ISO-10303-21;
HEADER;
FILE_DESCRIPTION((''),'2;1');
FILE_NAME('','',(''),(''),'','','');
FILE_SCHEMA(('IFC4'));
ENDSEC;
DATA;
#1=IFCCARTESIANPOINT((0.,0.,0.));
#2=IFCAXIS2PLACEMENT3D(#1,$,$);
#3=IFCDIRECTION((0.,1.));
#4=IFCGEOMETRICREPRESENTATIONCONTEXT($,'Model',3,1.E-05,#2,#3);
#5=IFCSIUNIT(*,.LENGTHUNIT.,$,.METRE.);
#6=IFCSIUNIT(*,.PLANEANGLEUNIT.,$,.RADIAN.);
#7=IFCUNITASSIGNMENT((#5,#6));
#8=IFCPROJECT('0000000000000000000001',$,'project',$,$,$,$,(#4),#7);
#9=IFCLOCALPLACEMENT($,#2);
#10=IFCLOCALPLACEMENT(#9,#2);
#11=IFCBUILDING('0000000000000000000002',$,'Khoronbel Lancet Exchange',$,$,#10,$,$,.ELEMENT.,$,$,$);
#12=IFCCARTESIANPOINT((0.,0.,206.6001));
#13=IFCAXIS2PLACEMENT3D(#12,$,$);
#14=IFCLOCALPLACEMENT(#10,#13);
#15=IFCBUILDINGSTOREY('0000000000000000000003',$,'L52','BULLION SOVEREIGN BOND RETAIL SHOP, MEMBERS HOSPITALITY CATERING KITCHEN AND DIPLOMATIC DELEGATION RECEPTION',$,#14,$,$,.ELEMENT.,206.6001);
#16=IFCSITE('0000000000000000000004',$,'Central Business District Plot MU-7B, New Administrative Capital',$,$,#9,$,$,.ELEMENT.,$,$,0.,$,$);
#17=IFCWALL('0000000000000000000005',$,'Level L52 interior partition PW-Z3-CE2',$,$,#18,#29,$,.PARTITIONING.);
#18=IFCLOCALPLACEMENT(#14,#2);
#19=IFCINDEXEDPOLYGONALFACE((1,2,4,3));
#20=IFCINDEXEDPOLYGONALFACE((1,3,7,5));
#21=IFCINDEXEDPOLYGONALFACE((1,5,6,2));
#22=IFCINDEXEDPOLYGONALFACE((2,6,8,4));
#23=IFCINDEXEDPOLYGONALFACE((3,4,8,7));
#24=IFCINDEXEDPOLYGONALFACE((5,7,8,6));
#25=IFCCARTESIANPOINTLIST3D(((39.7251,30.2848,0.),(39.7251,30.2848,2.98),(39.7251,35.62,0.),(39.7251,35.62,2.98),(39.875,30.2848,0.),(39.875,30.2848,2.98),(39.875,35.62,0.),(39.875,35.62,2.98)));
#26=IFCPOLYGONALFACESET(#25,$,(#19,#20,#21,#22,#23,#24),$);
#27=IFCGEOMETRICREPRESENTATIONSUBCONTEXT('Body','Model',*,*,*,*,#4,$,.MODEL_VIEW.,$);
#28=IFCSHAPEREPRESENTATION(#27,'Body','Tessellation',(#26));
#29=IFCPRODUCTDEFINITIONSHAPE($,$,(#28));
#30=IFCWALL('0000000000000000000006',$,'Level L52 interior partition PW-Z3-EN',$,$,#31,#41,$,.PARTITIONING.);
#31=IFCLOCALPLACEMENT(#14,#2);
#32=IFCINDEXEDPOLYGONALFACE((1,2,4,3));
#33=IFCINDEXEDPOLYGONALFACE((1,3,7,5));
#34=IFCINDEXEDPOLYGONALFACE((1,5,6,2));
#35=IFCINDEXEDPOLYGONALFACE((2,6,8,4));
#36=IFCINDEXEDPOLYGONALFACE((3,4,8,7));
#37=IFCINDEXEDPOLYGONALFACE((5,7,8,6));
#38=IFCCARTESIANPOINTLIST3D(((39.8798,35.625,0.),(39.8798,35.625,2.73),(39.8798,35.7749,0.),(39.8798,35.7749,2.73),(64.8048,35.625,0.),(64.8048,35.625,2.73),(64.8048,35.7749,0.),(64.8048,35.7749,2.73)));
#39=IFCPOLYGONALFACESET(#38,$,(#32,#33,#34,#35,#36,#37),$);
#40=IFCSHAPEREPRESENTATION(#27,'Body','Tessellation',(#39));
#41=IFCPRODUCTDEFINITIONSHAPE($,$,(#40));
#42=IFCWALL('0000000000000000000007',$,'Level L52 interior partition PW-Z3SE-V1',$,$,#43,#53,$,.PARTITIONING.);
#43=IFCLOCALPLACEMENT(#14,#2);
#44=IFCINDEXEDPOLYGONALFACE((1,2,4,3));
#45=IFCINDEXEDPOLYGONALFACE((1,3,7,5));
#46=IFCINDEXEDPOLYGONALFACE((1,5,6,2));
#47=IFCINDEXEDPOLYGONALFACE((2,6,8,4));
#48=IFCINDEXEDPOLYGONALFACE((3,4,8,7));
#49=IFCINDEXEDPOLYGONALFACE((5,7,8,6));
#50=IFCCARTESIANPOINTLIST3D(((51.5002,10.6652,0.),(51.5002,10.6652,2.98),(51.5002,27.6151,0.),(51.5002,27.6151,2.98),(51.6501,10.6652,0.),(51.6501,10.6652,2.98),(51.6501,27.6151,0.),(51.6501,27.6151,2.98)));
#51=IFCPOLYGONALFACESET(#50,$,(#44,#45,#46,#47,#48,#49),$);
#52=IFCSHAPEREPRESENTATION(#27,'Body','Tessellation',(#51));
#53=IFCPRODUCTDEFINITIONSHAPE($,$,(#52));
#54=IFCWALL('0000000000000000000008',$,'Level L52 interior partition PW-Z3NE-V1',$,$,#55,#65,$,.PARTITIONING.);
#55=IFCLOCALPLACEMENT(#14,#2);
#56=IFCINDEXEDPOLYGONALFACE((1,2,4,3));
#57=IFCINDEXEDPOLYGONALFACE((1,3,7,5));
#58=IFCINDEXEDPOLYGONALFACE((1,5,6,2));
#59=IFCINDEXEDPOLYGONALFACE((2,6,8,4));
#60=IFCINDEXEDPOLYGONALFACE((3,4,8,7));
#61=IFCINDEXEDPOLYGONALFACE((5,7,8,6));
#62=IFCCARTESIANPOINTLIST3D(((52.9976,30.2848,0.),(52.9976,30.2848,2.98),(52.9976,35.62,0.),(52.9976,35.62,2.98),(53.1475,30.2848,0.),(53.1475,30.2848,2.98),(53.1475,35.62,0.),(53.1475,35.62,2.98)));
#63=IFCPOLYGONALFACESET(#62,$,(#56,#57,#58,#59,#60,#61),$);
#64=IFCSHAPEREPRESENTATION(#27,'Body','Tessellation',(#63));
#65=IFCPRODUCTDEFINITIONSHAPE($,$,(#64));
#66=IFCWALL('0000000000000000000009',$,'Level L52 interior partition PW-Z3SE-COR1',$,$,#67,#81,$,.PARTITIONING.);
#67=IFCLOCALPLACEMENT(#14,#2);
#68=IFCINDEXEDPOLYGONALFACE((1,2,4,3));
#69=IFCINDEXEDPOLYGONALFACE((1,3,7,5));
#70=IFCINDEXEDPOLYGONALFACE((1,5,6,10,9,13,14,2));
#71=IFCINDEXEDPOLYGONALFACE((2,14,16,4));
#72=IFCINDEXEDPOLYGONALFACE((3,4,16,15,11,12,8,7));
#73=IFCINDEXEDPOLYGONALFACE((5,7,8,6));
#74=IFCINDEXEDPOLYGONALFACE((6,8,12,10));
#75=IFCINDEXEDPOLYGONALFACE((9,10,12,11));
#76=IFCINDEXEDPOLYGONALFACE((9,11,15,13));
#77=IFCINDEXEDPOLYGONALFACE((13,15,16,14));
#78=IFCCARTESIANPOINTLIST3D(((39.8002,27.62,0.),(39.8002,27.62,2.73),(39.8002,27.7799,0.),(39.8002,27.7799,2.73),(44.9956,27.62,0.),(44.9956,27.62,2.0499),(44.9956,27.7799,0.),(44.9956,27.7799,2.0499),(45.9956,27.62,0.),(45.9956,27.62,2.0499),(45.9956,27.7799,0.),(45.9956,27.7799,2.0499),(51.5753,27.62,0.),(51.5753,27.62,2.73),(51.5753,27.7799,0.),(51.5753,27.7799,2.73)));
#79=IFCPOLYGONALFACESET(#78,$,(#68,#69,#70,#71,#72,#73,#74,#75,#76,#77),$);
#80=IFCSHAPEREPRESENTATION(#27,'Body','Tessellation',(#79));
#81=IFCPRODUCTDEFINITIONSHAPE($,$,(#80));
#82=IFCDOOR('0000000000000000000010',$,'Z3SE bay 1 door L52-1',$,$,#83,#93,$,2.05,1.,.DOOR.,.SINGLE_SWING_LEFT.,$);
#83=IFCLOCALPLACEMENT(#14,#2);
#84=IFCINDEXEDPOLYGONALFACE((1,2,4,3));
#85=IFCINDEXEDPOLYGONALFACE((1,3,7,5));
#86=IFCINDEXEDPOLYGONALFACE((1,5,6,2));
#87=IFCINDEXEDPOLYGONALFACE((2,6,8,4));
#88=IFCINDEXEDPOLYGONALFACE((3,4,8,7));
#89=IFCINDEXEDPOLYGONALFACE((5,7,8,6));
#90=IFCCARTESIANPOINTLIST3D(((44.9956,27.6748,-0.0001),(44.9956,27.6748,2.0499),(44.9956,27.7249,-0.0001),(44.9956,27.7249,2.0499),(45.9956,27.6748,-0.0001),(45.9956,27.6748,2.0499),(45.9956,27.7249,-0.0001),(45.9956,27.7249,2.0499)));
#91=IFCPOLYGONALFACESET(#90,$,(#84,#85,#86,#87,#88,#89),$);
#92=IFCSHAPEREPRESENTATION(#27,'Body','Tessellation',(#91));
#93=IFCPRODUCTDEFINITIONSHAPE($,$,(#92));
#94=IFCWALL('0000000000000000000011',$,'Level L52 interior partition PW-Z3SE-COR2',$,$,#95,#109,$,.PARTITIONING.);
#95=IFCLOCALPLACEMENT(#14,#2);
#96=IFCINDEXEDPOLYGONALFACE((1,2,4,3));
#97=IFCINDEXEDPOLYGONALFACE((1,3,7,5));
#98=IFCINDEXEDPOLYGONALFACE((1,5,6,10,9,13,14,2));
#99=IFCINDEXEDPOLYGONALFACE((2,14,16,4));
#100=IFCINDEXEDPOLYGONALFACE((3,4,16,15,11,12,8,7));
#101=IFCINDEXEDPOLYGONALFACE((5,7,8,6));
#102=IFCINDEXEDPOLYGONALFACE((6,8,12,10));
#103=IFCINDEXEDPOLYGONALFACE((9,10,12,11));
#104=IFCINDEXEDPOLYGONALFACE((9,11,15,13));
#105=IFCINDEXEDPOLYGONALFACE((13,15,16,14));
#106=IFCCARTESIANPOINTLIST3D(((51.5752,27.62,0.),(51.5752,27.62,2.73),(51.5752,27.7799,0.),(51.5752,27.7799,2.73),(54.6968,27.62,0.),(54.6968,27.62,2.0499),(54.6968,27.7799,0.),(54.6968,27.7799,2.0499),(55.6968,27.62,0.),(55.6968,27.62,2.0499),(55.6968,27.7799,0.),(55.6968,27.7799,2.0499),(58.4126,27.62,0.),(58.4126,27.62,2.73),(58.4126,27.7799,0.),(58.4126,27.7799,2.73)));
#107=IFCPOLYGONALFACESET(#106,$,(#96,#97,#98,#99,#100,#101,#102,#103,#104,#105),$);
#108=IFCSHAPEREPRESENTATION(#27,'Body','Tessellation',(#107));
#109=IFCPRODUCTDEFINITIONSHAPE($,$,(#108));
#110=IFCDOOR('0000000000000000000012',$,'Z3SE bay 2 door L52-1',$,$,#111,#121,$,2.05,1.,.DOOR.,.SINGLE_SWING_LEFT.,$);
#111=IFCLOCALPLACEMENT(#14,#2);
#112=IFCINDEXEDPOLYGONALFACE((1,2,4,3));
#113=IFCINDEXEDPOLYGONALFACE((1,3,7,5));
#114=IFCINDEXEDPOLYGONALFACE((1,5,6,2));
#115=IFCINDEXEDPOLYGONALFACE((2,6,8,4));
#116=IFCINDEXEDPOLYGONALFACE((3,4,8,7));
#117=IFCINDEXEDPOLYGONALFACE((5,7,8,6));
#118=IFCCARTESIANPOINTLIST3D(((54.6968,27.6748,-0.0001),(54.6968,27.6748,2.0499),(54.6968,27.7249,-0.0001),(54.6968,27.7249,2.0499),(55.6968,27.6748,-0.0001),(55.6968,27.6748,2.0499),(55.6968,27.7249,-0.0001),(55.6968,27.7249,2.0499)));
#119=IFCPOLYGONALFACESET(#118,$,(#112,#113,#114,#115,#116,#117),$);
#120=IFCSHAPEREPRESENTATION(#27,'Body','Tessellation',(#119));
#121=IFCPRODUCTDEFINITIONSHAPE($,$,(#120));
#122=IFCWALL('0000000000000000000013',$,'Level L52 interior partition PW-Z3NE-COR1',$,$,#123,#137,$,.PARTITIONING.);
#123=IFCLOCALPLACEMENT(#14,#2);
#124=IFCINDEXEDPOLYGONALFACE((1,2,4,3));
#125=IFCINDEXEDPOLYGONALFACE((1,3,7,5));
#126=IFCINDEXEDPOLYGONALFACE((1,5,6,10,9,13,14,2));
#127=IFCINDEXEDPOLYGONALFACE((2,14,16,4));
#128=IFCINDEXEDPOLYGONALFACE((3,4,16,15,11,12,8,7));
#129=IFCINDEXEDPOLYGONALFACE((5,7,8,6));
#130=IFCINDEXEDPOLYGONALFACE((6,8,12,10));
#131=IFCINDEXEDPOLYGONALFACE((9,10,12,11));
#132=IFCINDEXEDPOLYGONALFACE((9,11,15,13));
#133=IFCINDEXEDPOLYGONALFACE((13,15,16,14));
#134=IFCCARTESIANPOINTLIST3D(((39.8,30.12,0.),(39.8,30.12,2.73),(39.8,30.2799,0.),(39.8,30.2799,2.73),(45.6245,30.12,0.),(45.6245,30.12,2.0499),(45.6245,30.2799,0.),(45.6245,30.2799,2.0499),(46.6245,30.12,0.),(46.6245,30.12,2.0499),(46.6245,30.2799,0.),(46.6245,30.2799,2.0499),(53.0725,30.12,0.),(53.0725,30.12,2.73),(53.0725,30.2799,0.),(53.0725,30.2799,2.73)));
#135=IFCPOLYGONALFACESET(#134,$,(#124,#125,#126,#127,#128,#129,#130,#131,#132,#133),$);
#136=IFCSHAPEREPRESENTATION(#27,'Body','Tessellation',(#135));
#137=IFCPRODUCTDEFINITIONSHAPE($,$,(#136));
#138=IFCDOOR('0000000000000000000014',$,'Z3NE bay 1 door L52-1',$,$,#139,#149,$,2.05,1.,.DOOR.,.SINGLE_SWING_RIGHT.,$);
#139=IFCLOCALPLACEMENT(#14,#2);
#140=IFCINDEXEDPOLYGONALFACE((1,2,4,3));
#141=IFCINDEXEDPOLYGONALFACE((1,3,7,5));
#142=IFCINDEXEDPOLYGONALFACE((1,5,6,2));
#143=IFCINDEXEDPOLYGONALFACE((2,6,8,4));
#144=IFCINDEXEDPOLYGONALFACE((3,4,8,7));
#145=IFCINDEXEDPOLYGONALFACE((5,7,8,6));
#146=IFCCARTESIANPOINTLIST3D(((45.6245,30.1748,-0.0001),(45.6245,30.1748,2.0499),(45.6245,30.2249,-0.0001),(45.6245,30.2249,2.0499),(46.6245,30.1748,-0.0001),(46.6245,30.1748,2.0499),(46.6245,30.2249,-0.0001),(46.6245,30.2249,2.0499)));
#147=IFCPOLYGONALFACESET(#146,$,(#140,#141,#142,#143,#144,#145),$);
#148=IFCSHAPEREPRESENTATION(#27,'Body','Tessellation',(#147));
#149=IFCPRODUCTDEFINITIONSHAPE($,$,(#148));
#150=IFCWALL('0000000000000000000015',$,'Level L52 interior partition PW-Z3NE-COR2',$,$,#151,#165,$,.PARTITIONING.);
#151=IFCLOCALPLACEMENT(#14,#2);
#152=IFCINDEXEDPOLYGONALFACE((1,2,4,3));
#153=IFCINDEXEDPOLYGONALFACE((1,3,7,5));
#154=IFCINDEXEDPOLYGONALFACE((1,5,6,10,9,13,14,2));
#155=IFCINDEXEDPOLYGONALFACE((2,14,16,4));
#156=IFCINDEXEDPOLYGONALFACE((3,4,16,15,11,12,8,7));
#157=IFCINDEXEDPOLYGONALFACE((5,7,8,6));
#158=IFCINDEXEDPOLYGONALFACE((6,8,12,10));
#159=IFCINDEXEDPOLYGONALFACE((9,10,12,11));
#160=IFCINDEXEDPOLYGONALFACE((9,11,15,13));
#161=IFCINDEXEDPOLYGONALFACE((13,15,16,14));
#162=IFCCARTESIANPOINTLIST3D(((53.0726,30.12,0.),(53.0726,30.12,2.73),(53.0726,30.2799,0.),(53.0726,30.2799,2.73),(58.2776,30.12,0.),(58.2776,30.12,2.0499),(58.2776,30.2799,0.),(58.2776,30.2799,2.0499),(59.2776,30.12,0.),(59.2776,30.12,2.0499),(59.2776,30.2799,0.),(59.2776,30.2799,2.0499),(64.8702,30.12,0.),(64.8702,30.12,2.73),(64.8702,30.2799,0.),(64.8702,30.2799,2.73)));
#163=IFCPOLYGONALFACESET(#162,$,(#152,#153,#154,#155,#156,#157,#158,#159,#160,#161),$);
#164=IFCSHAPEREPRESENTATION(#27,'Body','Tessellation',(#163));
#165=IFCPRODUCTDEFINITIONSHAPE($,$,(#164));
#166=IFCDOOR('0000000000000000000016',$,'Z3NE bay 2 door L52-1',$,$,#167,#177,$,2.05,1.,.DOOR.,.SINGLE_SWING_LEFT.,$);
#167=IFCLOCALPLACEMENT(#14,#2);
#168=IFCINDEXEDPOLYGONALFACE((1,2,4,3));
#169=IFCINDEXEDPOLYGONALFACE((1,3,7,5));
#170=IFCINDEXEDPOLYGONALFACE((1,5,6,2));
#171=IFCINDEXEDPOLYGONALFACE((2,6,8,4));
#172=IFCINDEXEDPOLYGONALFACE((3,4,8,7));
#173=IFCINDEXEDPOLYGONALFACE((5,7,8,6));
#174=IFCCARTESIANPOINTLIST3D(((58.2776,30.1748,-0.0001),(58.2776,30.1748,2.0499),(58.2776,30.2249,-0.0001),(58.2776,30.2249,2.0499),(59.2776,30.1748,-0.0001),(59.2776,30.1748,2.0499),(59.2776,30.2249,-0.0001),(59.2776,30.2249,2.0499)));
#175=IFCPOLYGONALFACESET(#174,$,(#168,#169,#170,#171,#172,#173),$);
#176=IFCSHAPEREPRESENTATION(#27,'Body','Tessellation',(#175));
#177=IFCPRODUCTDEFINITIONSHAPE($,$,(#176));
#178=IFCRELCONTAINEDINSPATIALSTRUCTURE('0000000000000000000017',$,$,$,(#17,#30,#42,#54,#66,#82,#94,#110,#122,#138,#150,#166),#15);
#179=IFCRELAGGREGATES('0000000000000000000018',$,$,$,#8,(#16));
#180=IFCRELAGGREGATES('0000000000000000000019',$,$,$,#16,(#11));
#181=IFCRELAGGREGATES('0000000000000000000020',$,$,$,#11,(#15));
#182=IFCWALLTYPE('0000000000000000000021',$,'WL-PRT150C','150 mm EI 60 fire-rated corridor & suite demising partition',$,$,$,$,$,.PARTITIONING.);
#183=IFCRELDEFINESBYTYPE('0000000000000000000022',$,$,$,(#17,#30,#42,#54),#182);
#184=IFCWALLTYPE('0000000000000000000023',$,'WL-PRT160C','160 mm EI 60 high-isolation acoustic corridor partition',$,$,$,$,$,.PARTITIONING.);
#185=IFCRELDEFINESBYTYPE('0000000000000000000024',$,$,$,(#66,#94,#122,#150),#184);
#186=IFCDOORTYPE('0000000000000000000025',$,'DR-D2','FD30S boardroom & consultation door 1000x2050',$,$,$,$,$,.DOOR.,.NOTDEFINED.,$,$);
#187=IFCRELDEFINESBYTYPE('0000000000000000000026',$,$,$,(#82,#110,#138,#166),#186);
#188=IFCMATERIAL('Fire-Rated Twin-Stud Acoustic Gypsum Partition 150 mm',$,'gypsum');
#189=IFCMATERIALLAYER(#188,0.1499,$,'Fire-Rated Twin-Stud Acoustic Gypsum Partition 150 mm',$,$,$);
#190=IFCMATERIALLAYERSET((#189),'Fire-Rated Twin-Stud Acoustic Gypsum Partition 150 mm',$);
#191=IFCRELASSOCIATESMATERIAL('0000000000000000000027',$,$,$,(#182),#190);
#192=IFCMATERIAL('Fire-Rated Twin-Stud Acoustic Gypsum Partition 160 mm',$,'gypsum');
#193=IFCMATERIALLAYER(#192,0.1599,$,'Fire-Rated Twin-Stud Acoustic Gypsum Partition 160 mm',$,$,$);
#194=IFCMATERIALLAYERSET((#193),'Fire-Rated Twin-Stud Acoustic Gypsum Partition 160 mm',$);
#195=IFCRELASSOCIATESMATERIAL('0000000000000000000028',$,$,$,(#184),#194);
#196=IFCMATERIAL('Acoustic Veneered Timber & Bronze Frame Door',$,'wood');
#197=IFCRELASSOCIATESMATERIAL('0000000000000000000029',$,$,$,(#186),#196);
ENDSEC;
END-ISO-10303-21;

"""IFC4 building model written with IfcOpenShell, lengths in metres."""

from ifc_helpers import new_model, si_unit, direction, frame, frame_2d, origin, place, context, subcontext, project, spatial, rectangle, extrude, material, layer, layer_set, type_object, element, fill, save


model = new_model("IFC4")

# Units and contexts
model_context = context("Model", 3, precision=1e-05, world=origin(), true_north=direction((0.0, 1.0)))
body_context = subcontext(model_context, "Body", "Model", "MODEL_VIEW")
ifc_project = project(units=[si_unit("LENGTHUNIT", "METRE"), si_unit("PLANEANGLEUNIT", "RADIAN")], contexts=[model_context])

# Site, building, storey
site_placement = place(None, origin())
site = spatial("IfcSite", under=ifc_project, at=site_placement, Name="Central Business District Plot MU-7B, New Administrative Capital", CompositionType="ELEMENT", RefElevation=0.0)
building_placement = place(site_placement, origin())
building = spatial("IfcBuilding", under=site, at=building_placement, Name="Khoronbel Lancet Exchange", CompositionType="ELEMENT")
storey_placement = place(building_placement, frame((0.0, 0.0, 206.6001)))
storey = spatial("IfcBuildingStorey", under=building, at=storey_placement, Name="L52", Description="BULLION SOVEREIGN BOND RETAIL SHOP, MEMBERS HOSPITALITY CATERING KITCHEN AND DIPLOMATIC DELEGATION RECEPTION", CompositionType="ELEMENT", Elevation=206.6001)

# Walls
ifc_material_1 = material(Name="Fire-Rated Twin-Stud Acoustic Gypsum Partition 150 mm", Category="gypsum")
ifc_layer_1 = layer(ifc_material_1, 0.1499, Name="Fire-Rated Twin-Stud Acoustic Gypsum Partition 150 mm")
ifc_layer_set_1 = layer_set([ifc_layer_1], Name="Fire-Rated Twin-Stud Acoustic Gypsum Partition 150 mm")
wall_type_1 = type_object("IfcWallType", Name="WL-PRT150C", Description="150 mm EI 60 fire-rated corridor & suite demising partition", PredefinedType="PARTITIONING", material=ifc_layer_set_1)
wall_1_placement = place(storey_placement, frame((39.8, 30.2849, 0.0), z_axis=(0.0, 0.0, 1.0), x_axis=(0.0, 1.0, 0.0)))
element("IfcWall", 1, at=wall_1_placement, inside=storey, type_object=wall_type_1, Name="Level L52 interior partition PW-Z3-CE2", PredefinedType="PARTITIONING", context=body_context, shape_type="SweptSolid", body=[
    extrude(rectangle(XDim=5.3352, YDim=0.1499, at=frame_2d((2.6675, 0.0))), origin(), (0.0, 0.0, 1.0), 2.98),
])
wall_2_placement = place(storey_placement, frame((39.8799, 35.7, 0.0), z_axis=(0.0, 0.0, 1.0), x_axis=(1.0, 0.0, 0.0)))
element("IfcWall", 2, at=wall_2_placement, inside=storey, type_object=wall_type_1, Name="Level L52 interior partition PW-Z3-EN", PredefinedType="PARTITIONING", context=body_context, shape_type="SweptSolid", body=[
    extrude(rectangle(XDim=24.925, YDim=0.1499, at=frame_2d((12.4624, 0.0))), origin(), (0.0, 0.0, 1.0), 2.73),
])
wall_3_placement = place(storey_placement, frame((51.5752, 10.665, 0.0), z_axis=(0.0, 0.0, 1.0), x_axis=(0.0, 1.0, 0.0)))
element("IfcWall", 3, at=wall_3_placement, inside=storey, type_object=wall_type_1, Name="Level L52 interior partition PW-Z3SE-V1", PredefinedType="PARTITIONING", context=body_context, shape_type="SweptSolid", body=[
    extrude(rectangle(XDim=16.95, YDim=0.1499, at=frame_2d((8.4751, 0.0))), origin(), (0.0, 0.0, 1.0), 2.98),
])
wall_4_placement = place(storey_placement, frame((53.0725, 30.2849, 0.0), z_axis=(0.0, 0.0, 1.0), x_axis=(0.0, 1.0, 0.0)))
element("IfcWall", 4, at=wall_4_placement, inside=storey, type_object=wall_type_1, Name="Level L52 interior partition PW-Z3NE-V1", PredefinedType="PARTITIONING", context=body_context, shape_type="SweptSolid", body=[
    extrude(rectangle(XDim=5.3352, YDim=0.1499, at=frame_2d((2.6675, 0.0))), origin(), (0.0, 0.0, 1.0), 2.98),
])

# Walls, openings, doors
ifc_material_2 = material(Name="Fire-Rated Twin-Stud Acoustic Gypsum Partition 160 mm", Category="gypsum")
ifc_layer_2 = layer(ifc_material_2, 0.1599, Name="Fire-Rated Twin-Stud Acoustic Gypsum Partition 160 mm")
ifc_layer_set_2 = layer_set([ifc_layer_2], Name="Fire-Rated Twin-Stud Acoustic Gypsum Partition 160 mm")
wall_type_2 = type_object("IfcWallType", Name="WL-PRT160C", Description="160 mm EI 60 high-isolation acoustic corridor partition", PredefinedType="PARTITIONING", material=ifc_layer_set_2)
wall_5_placement = place(storey_placement, frame((39.8, 27.7, 0.0), z_axis=(0.0, 0.0, 1.0), x_axis=(1.0, 0.0, 0.0)))
wall_5 = element("IfcWall", 5, at=wall_5_placement, inside=storey, type_object=wall_type_2, Name="Level L52 interior partition PW-Z3SE-COR1", PredefinedType="PARTITIONING", context=body_context, shape_type="SweptSolid", body=[
    extrude(rectangle(XDim=11.7751, YDim=0.1599, at=frame_2d((5.8877, 0.0))), origin(), (0.0, 0.0, 1.0), 2.73),
])
opening_1_placement = place(wall_5_placement, frame((5.1956, 0.0, 0.0)))
opening_1 = element("IfcOpeningElement", 6, at=opening_1_placement, cuts=wall_5, PredefinedType="OPENING", context=body_context, shape_type="SweptSolid", body=[
    extrude(rectangle(XDim=1.0, YDim=2.05, at=frame_2d((0.5, 1.0249))), frame((0.0, 0.0898, 0.0), z_axis=(0.0, -1.0, 0.0), x_axis=(1.0, 0.0, 0.0)), (0.0, 0.0, 1.0), 0.1799),
])
ifc_material_3 = material(Name="Acoustic Veneered Timber & Bronze Frame Door", Category="wood")
door_type_1 = type_object("IfcDoorType", Name="DR-D2", Description="FD30S boardroom & consultation door 1000x2050", OperationType="NOTDEFINED", PredefinedType="DOOR", material=ifc_material_3)
door_1_placement = place(opening_1_placement, origin())
door_1 = element("IfcDoor", 7, at=door_1_placement, inside=storey, type_object=door_type_1, Name="Z3SE bay 1 door L52-1", OperationType="SINGLE_SWING_LEFT", OverallHeight=2.05, OverallWidth=1.0, PredefinedType="DOOR", context=body_context, shape_type="SweptSolid", body=[
    extrude(rectangle(XDim=1.0, YDim=2.05, at=frame_2d((0.5, 1.0249))), frame((0.0, 0.0249, 0.0), z_axis=(0.0, -1.0, 0.0), x_axis=(1.0, 0.0, 0.0)), (0.0, 0.0, 1.0), 0.05),
])
fill(opening_1, door_1)
wall_6_placement = place(storey_placement, frame((51.5752, 27.7, 0.0), z_axis=(0.0, 0.0, 1.0), x_axis=(1.0, 0.0, 0.0)))
wall_6 = element("IfcWall", 8, at=wall_6_placement, inside=storey, type_object=wall_type_2, Name="Level L52 interior partition PW-Z3SE-COR2", PredefinedType="PARTITIONING", context=body_context, shape_type="SweptSolid", body=[
    extrude(rectangle(XDim=6.8374, YDim=0.1599, at=frame_2d((3.4187, 0.0))), origin(), (0.0, 0.0, 1.0), 2.73),
])
opening_2_placement = place(wall_6_placement, frame((3.1216, 0.0, 0.0)))
opening_2 = element("IfcOpeningElement", 9, at=opening_2_placement, cuts=wall_6, PredefinedType="OPENING", context=body_context, shape_type="SweptSolid", body=[
    extrude(rectangle(XDim=1.0, YDim=2.05, at=frame_2d((0.5, 1.0249))), frame((0.0, 0.0898, 0.0), z_axis=(0.0, -1.0, 0.0), x_axis=(1.0, 0.0, 0.0)), (0.0, 0.0, 1.0), 0.1799),
])
door_2_placement = place(opening_2_placement, origin())
door_2 = element("IfcDoor", 10, at=door_2_placement, inside=storey, type_object=door_type_1, Name="Z3SE bay 2 door L52-1", OperationType="SINGLE_SWING_LEFT", OverallHeight=2.05, OverallWidth=1.0, PredefinedType="DOOR", context=body_context, shape_type="SweptSolid", body=[
    extrude(rectangle(XDim=1.0, YDim=2.05, at=frame_2d((0.5, 1.0249))), frame((0.0, 0.0249, 0.0), z_axis=(0.0, -1.0, 0.0), x_axis=(1.0, 0.0, 0.0)), (0.0, 0.0, 1.0), 0.05),
])
fill(opening_2, door_2)
wall_7_placement = place(storey_placement, frame((39.8, 30.2, 0.0), z_axis=(0.0, 0.0, 1.0), x_axis=(1.0, 0.0, 0.0)))
wall_7 = element("IfcWall", 11, at=wall_7_placement, inside=storey, type_object=wall_type_2, Name="Level L52 interior partition PW-Z3NE-COR1", PredefinedType="PARTITIONING", context=body_context, shape_type="SweptSolid", body=[
    extrude(rectangle(XDim=13.2725, YDim=0.1599, at=frame_2d((6.6362, 0.0))), origin(), (0.0, 0.0, 1.0), 2.73),
])
opening_3_placement = place(wall_7_placement, frame((5.8245, 0.0, 0.0)))
opening_3 = element("IfcOpeningElement", 12, at=opening_3_placement, cuts=wall_7, PredefinedType="OPENING", context=body_context, shape_type="SweptSolid", body=[
    extrude(rectangle(XDim=1.0, YDim=2.05, at=frame_2d((0.5, 1.0249))), frame((0.0, 0.0898, 0.0), z_axis=(0.0, -1.0, 0.0), x_axis=(1.0, 0.0, 0.0)), (0.0, 0.0, 1.0), 0.1799),
])
door_3_placement = place(opening_3_placement, origin())
door_3 = element("IfcDoor", 13, at=door_3_placement, inside=storey, type_object=door_type_1, Name="Z3NE bay 1 door L52-1", OperationType="SINGLE_SWING_RIGHT", OverallHeight=2.05, OverallWidth=1.0, PredefinedType="DOOR", context=body_context, shape_type="SweptSolid", body=[
    extrude(rectangle(XDim=1.0, YDim=2.05, at=frame_2d((0.5, 1.0249))), frame((0.0, 0.0249, 0.0), z_axis=(0.0, -1.0, 0.0), x_axis=(1.0, 0.0, 0.0)), (0.0, 0.0, 1.0), 0.05),
])
fill(opening_3, door_3)
wall_8_placement = place(storey_placement, frame((53.0725, 30.2, 0.0), z_axis=(0.0, 0.0, 1.0), x_axis=(1.0, 0.0, 0.0)))
wall_8 = element("IfcWall", 14, at=wall_8_placement, inside=storey, type_object=wall_type_2, Name="Level L52 interior partition PW-Z3NE-COR2", PredefinedType="PARTITIONING", context=body_context, shape_type="SweptSolid", body=[
    extrude(rectangle(XDim=11.7976, YDim=0.1599, at=frame_2d((5.8989, 0.0))), origin(), (0.0, 0.0, 1.0), 2.73),
])
opening_4_placement = place(wall_8_placement, frame((5.2051, 0.0, 0.0)))
opening_4 = element("IfcOpeningElement", 15, at=opening_4_placement, cuts=wall_8, PredefinedType="OPENING", context=body_context, shape_type="SweptSolid", body=[
    extrude(rectangle(XDim=1.0, YDim=2.05, at=frame_2d((0.5, 1.0249))), frame((0.0, 0.0898, 0.0), z_axis=(0.0, -1.0, 0.0), x_axis=(1.0, 0.0, 0.0)), (0.0, 0.0, 1.0), 0.1799),
])
door_4_placement = place(opening_4_placement, origin())
door_4 = element("IfcDoor", 16, at=door_4_placement, inside=storey, type_object=door_type_1, Name="Z3NE bay 2 door L52-1", OperationType="SINGLE_SWING_LEFT", OverallHeight=2.05, OverallWidth=1.0, PredefinedType="DOOR", context=body_context, shape_type="SweptSolid", body=[
    extrude(rectangle(XDim=1.0, YDim=2.05, at=frame_2d((0.5, 1.0249))), frame((0.0, 0.0249, 0.0), z_axis=(0.0, -1.0, 0.0), x_axis=(1.0, 0.0, 0.0)), (0.0, 0.0, 1.0), 0.05),
])
fill(opening_4, door_4)

save(model, "model.ifc")
